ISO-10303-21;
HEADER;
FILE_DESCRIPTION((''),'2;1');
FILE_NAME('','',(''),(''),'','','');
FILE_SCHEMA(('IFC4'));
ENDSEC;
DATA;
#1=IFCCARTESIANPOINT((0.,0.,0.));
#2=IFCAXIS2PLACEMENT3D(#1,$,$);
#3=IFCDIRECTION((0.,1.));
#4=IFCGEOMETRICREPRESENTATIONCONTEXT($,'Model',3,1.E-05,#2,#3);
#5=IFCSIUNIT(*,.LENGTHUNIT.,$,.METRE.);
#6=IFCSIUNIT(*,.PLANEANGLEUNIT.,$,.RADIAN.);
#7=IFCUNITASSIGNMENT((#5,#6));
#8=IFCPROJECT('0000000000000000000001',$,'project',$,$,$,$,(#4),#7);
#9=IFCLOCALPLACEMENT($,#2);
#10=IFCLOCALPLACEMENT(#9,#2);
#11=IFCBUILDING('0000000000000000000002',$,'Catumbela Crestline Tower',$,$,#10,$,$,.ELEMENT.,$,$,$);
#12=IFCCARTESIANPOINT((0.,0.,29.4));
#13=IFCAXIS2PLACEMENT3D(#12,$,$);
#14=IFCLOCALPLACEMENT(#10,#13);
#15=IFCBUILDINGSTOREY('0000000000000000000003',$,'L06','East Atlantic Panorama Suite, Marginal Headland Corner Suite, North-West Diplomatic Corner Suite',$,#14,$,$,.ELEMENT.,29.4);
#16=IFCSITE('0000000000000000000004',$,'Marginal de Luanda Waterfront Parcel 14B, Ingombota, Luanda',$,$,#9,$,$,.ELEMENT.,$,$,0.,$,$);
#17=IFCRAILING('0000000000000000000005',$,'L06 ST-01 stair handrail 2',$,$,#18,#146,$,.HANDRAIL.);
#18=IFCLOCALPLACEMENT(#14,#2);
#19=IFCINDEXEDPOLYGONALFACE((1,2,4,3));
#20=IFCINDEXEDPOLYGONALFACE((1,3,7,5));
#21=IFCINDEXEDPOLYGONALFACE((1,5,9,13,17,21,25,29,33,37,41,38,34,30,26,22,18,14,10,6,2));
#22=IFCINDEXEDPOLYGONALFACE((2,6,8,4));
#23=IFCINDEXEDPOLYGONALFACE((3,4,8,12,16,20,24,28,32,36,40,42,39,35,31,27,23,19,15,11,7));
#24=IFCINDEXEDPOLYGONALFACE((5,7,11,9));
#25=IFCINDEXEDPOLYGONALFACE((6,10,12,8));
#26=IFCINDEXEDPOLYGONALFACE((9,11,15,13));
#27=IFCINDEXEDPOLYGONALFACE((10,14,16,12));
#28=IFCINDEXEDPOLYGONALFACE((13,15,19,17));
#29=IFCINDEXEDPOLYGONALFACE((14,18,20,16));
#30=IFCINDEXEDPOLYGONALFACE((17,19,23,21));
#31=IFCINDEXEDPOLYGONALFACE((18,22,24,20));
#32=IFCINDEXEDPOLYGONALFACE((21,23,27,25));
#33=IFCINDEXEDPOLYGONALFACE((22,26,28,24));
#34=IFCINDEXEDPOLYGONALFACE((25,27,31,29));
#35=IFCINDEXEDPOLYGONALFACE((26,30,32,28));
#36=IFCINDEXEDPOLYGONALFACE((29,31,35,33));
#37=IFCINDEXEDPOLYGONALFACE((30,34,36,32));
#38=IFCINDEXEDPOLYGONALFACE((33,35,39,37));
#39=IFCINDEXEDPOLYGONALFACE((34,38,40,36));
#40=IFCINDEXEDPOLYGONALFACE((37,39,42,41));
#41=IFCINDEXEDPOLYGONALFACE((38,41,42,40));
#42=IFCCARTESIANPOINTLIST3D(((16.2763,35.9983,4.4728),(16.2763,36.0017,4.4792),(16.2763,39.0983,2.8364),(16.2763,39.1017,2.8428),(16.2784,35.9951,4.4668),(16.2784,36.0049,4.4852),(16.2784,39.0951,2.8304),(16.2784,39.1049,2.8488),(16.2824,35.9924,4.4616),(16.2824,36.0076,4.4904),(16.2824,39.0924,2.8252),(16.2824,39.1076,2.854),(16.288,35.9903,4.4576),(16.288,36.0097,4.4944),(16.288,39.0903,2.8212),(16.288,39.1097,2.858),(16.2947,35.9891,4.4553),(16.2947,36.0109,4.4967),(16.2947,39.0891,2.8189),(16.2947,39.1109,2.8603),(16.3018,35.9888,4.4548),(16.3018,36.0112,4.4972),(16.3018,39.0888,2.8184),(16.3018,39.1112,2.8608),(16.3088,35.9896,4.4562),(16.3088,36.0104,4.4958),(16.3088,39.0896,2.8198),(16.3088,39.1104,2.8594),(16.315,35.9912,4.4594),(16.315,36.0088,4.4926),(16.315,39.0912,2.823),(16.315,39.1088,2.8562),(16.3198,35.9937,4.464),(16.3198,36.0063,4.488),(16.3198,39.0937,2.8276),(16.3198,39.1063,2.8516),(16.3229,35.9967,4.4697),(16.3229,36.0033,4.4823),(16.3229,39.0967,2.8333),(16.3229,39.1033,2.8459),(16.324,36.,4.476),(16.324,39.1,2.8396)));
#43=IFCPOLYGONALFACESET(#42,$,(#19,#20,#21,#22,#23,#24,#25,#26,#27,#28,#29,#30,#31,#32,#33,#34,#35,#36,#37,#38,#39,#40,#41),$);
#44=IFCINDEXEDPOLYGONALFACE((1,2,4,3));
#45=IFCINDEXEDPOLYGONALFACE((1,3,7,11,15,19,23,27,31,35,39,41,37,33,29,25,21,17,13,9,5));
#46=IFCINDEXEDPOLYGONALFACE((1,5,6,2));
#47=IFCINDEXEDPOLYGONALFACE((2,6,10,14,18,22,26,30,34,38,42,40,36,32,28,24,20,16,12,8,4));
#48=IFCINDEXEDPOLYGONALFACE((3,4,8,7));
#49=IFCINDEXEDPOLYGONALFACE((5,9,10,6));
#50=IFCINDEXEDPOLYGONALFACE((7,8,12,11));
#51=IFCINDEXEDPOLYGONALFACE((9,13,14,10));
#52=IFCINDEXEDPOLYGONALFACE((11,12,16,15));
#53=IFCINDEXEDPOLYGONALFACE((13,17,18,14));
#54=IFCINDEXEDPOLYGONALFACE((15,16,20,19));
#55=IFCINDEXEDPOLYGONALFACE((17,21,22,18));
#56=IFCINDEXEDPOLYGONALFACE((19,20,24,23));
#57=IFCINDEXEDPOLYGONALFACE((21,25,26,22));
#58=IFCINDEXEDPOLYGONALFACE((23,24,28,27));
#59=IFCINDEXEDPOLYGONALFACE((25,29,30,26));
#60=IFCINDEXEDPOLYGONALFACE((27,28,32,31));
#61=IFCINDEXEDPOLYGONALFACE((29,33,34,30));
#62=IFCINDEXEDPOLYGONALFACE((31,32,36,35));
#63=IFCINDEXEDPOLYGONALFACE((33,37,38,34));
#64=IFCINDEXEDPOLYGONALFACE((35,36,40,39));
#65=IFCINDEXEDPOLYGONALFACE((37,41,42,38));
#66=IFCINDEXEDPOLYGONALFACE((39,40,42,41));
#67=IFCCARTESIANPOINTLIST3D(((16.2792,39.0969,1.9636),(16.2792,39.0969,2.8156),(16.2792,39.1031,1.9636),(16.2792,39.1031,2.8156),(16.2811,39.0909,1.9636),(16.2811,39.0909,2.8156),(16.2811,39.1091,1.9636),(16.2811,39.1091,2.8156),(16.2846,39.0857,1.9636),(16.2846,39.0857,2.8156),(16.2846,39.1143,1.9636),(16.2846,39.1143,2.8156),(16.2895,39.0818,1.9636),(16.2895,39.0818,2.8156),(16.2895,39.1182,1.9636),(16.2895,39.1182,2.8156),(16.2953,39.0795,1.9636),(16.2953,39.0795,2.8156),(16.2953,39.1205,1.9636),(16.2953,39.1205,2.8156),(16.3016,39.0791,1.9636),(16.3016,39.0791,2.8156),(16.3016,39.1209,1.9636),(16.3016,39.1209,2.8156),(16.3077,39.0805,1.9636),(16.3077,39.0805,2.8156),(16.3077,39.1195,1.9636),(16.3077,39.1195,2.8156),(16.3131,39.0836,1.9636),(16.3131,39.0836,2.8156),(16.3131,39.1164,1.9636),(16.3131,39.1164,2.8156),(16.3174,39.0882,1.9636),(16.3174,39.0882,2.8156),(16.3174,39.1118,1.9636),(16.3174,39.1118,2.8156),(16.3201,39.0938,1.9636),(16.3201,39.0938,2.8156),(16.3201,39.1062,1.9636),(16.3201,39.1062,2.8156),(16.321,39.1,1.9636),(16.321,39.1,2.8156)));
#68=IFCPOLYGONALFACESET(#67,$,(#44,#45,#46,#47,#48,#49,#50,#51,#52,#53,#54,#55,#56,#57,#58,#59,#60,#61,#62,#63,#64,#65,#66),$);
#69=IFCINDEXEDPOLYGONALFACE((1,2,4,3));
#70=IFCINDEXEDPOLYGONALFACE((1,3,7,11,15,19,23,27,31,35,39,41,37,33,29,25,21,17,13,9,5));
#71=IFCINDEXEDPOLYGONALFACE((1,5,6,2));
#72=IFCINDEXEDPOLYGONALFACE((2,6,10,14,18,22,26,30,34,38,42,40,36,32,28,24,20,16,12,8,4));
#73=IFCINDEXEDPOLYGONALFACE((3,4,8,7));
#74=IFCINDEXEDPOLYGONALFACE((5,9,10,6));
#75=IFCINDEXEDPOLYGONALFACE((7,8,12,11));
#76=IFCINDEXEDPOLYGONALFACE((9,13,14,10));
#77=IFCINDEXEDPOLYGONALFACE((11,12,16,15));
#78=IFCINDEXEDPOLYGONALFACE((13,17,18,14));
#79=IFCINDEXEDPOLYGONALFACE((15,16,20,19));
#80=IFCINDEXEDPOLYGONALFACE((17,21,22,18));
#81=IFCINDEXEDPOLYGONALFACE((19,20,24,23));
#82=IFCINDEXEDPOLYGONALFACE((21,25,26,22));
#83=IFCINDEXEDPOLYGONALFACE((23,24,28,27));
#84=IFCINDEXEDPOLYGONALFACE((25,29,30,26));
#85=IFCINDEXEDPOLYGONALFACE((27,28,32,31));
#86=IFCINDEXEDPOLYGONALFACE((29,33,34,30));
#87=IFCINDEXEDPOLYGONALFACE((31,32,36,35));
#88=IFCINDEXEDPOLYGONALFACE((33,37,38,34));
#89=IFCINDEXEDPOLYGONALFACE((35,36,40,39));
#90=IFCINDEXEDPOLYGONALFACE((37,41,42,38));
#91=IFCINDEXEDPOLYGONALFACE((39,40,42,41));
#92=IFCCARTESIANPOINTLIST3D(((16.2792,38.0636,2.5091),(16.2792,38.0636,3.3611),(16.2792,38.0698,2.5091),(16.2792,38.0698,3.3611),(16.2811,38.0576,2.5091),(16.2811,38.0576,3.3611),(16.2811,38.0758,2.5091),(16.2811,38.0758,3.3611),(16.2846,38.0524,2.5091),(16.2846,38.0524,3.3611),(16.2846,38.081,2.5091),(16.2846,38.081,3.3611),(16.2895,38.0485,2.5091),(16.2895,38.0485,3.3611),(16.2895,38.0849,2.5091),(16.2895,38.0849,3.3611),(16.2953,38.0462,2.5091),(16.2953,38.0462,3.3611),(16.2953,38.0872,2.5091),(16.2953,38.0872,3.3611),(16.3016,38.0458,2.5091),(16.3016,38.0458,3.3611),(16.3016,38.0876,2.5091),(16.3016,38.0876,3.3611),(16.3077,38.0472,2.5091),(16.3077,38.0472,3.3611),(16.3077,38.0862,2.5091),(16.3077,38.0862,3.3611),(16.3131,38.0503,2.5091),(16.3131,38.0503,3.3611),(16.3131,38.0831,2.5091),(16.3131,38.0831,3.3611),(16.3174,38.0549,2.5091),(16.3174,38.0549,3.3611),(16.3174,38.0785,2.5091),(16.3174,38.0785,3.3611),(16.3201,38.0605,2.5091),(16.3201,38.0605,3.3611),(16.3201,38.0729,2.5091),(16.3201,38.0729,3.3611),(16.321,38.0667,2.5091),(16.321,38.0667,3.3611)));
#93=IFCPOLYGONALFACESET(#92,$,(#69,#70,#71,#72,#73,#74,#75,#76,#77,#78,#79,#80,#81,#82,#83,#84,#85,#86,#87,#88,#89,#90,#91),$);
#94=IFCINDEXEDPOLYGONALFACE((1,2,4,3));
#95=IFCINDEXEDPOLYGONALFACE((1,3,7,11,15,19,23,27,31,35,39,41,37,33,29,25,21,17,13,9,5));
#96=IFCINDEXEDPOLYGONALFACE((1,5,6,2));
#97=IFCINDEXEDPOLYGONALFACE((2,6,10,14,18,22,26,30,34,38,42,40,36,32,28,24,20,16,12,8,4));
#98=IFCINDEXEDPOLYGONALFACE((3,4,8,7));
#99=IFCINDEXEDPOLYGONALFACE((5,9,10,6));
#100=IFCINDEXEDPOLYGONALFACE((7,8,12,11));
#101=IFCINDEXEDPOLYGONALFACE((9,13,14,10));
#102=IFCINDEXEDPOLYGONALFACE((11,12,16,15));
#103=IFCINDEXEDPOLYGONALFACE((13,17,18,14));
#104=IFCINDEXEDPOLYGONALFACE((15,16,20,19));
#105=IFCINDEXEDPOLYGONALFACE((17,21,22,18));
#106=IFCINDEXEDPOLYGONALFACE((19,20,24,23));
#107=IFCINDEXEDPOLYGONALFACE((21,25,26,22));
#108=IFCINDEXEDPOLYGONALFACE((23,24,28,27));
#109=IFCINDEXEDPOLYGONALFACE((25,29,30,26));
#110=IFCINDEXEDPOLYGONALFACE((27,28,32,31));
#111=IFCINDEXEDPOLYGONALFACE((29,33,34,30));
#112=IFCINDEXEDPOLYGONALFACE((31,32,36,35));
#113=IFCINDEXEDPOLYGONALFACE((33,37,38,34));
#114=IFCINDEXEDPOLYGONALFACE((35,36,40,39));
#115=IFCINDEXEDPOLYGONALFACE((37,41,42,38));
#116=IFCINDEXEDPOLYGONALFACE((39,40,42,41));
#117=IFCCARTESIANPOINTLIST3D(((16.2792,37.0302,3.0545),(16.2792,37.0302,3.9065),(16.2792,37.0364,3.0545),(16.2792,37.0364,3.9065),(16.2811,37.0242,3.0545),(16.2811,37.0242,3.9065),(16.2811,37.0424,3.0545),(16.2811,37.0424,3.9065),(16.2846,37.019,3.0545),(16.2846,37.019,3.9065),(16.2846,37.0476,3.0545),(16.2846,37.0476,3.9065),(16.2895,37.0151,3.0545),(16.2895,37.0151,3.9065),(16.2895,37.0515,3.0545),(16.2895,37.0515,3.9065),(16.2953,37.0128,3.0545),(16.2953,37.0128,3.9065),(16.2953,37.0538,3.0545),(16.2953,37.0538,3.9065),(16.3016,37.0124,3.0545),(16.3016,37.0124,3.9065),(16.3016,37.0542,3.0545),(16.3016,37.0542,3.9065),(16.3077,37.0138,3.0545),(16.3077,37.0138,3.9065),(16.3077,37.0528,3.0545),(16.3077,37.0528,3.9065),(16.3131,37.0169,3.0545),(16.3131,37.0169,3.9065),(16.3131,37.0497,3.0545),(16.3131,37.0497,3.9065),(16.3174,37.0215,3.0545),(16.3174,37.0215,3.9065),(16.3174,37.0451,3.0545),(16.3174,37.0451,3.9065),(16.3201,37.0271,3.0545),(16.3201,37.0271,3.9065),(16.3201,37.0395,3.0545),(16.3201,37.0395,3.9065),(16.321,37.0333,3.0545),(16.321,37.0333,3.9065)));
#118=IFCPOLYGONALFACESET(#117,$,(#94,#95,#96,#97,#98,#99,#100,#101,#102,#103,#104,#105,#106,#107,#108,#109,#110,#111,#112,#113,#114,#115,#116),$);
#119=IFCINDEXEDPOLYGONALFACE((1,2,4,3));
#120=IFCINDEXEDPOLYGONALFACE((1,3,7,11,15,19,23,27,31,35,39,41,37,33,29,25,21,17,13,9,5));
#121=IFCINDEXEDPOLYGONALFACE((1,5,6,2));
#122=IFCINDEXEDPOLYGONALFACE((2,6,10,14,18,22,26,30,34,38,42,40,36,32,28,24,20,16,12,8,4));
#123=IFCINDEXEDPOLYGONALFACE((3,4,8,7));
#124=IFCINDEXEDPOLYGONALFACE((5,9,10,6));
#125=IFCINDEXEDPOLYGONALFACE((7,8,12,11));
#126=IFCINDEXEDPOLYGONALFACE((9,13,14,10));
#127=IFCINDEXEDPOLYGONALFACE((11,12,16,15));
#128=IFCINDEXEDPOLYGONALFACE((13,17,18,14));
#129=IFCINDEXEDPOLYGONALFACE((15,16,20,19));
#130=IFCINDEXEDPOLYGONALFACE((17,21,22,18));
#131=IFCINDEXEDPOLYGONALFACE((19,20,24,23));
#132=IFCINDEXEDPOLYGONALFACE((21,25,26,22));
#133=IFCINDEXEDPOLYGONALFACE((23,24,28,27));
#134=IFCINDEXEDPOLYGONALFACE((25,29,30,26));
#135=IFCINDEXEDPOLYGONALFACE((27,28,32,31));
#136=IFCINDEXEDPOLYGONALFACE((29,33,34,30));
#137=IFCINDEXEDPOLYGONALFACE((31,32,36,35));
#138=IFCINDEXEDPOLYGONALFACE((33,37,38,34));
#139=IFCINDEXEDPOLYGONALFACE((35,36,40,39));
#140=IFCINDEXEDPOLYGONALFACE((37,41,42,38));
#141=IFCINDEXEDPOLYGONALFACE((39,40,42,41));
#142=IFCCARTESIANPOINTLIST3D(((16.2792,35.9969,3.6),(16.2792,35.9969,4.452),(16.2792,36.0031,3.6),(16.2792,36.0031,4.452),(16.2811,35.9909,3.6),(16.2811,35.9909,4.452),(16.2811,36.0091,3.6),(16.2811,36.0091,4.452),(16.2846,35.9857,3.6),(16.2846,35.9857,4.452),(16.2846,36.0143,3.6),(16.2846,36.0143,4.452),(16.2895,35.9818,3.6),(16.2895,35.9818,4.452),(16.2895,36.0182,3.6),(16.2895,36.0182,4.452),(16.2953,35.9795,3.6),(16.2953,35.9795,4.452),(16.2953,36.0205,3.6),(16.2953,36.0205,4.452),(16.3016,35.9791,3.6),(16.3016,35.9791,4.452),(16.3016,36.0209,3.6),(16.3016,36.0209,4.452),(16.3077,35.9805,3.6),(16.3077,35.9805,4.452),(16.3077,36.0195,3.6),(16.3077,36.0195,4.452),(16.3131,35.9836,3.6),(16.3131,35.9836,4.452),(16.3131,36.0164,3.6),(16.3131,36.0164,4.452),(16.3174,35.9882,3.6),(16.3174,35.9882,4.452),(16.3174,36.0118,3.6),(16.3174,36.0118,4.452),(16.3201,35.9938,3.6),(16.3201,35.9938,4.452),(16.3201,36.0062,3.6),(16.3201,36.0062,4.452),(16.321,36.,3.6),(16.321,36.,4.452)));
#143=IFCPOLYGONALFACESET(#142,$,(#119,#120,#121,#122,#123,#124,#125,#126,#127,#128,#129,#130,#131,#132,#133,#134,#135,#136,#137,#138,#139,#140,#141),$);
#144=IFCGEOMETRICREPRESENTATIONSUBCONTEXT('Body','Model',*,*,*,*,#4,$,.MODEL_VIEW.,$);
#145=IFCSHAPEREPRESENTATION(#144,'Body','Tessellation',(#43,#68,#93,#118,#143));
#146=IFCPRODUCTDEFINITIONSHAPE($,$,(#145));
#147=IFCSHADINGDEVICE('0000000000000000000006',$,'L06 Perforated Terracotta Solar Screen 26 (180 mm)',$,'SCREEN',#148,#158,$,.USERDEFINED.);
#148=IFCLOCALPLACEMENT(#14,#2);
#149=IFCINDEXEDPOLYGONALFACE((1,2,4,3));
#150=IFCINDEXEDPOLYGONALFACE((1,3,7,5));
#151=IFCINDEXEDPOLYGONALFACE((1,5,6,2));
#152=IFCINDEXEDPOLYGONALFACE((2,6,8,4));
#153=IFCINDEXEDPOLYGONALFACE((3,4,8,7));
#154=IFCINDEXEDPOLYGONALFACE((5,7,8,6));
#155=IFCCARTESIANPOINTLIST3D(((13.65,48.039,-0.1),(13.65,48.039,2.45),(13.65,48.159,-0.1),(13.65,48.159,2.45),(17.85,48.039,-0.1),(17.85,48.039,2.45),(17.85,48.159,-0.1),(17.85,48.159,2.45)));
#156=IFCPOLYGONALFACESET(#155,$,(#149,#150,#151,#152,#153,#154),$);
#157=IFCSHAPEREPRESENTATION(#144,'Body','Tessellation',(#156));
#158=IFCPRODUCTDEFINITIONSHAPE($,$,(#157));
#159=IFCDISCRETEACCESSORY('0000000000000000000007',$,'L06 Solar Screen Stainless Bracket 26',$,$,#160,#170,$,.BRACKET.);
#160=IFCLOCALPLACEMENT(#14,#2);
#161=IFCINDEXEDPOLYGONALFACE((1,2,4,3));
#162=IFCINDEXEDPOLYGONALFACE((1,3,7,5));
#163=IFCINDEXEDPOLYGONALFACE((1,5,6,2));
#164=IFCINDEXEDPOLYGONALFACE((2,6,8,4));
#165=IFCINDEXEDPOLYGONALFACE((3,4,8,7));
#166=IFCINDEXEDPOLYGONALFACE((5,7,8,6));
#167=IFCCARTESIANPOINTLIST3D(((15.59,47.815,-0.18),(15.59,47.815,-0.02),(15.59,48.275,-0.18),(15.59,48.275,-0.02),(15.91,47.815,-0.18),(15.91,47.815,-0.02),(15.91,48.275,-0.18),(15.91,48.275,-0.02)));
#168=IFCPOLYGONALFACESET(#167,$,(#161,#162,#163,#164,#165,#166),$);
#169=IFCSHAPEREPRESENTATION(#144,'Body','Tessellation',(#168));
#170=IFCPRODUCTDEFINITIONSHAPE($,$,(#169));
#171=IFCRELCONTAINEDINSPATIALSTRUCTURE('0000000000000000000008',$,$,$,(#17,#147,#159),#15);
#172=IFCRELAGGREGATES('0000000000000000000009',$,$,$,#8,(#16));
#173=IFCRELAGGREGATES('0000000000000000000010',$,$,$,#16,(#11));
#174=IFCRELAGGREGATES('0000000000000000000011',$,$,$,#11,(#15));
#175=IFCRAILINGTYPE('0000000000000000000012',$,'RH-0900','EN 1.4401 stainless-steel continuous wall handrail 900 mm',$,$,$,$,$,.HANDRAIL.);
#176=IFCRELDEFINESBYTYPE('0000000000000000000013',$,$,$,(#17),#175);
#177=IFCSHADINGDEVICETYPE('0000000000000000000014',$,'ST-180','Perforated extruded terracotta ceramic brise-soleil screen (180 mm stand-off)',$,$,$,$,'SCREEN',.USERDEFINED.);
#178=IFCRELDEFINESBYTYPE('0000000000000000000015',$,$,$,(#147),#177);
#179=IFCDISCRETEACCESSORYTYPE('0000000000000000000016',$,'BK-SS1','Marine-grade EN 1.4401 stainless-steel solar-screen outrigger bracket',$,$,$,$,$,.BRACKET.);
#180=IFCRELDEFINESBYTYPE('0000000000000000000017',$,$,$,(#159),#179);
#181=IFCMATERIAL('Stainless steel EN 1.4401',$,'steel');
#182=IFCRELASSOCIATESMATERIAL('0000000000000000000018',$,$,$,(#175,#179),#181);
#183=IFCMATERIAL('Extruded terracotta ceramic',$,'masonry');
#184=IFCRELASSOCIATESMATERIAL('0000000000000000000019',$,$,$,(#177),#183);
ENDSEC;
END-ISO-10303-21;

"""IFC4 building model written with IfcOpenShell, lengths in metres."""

from ifc_helpers import new_model, si_unit, direction, frame, origin, origin_2d, place, context, subcontext, project, spatial, rectangle, circle, extrude, material, type_object, element, save


model = new_model("IFC4")

# Units and contexts
model_context = context("Model", 3, precision=1e-05, world=origin(), true_north=direction((0.0, 1.0)))
body_context = subcontext(model_context, "Body", "Model", "MODEL_VIEW")
ifc_project = project(units=[si_unit("LENGTHUNIT", "METRE"), si_unit("PLANEANGLEUNIT", "RADIAN")], contexts=[model_context])

# Site, building, storey
site_placement = place(None, origin())
site = spatial("IfcSite", under=ifc_project, at=site_placement, Name="Marginal de Luanda Waterfront Parcel 14B, Ingombota, Luanda", CompositionType="ELEMENT", RefElevation=0.0)
building_placement = place(site_placement, origin())
building = spatial("IfcBuilding", under=site, at=building_placement, Name="Catumbela Crestline Tower", CompositionType="ELEMENT")
storey_placement = place(building_placement, frame((0.0, 0.0, 29.4)))
storey = spatial("IfcBuildingStorey", under=building, at=storey_placement, Name="L06", Description="East Atlantic Panorama Suite, Marginal Headland Corner Suite, North-West Diplomatic Corner Suite", CompositionType="ELEMENT", Elevation=29.4)

# Shared definitions
ifc_material_1 = material(Name="Stainless steel EN 1.4401", Category="steel")

# Railing
railing_type_1 = type_object("IfcRailingType", Name="RH-0900", Description="EN 1.4401 stainless-steel continuous wall handrail 900 mm", PredefinedType="HANDRAIL", material=ifc_material_1)
railing_1_placement = place(storey_placement, frame((16.3, 39.1, 1.9636)))
element("IfcRailing", 1, at=railing_1_placement, inside=storey, type_object=railing_type_1, Name="L06 ST-01 stair handrail 2", PredefinedType="HANDRAIL", context=body_context, shape_type="SweptSolid", body=[
    extrude(circle(Radius=0.024, at=origin_2d()), frame((0.0, 0.0, 0.876), z_axis=(0.0, -0.884351, 0.466823), x_axis=(1.0, 0.0, 0.0)), (0.0, 0.0, 1.0), 3.5054),
    extrude(circle(Radius=0.021, at=origin_2d()), origin(), (0.0, 0.0, 1.0), 0.852),
    extrude(circle(Radius=0.021, at=origin_2d()), frame((0.0, -1.0333, 0.5455)), (0.0, 0.0, 1.0), 0.852),
    extrude(circle(Radius=0.021, at=origin_2d()), frame((0.0, -2.0667, 1.0909)), (0.0, 0.0, 1.0), 0.852),
    extrude(circle(Radius=0.021, at=origin_2d()), frame((0.0, -3.1, 1.6364)), (0.0, 0.0, 1.0), 0.852),
])

# Shading device
ifc_material_2 = material(Name="Extruded terracotta ceramic", Category="masonry")
shading_device_type = type_object("IfcShadingDeviceType", Name="ST-180", Description="Perforated extruded terracotta ceramic brise-soleil screen (180 mm stand-off)", ElementType="SCREEN", PredefinedType="USERDEFINED", material=ifc_material_2)
shading_device_placement = place(storey_placement, frame((15.75, 48.099, -0.1), z_axis=(0.0, 0.0, 1.0), x_axis=(-1.0, 0.0, 0.0)))
element("IfcShadingDevice", 2, at=shading_device_placement, inside=storey, type_object=shading_device_type, Name="L06 Perforated Terracotta Solar Screen 26 (180 mm)", ObjectType="SCREEN", PredefinedType="USERDEFINED", context=body_context, shape_type="SweptSolid", body=[
    extrude(rectangle(XDim=4.2, YDim=0.12, at=origin_2d()), origin(), (0.0, 0.0, 1.0), 2.55),
])

# Discrete accessory
discrete_accessory_type = type_object("IfcDiscreteAccessoryType", Name="BK-SS1", Description="Marine-grade EN 1.4401 stainless-steel solar-screen outrigger bracket", PredefinedType="BRACKET", material=ifc_material_1)
discrete_accessory_placement = place(storey_placement, frame((15.75, 48.045, -0.18), z_axis=(0.0, 0.0, 1.0), x_axis=(-1.0, 0.0, 0.0)))
element("IfcDiscreteAccessory", 3, at=discrete_accessory_placement, inside=storey, type_object=discrete_accessory_type, Name="L06 Solar Screen Stainless Bracket 26", PredefinedType="BRACKET", context=body_context, shape_type="SweptSolid", body=[
    extrude(rectangle(XDim=0.32, YDim=0.46, at=origin_2d()), origin(), (0.0, 0.0, 1.0), 0.16),
])

save(model, "model.ifc")
